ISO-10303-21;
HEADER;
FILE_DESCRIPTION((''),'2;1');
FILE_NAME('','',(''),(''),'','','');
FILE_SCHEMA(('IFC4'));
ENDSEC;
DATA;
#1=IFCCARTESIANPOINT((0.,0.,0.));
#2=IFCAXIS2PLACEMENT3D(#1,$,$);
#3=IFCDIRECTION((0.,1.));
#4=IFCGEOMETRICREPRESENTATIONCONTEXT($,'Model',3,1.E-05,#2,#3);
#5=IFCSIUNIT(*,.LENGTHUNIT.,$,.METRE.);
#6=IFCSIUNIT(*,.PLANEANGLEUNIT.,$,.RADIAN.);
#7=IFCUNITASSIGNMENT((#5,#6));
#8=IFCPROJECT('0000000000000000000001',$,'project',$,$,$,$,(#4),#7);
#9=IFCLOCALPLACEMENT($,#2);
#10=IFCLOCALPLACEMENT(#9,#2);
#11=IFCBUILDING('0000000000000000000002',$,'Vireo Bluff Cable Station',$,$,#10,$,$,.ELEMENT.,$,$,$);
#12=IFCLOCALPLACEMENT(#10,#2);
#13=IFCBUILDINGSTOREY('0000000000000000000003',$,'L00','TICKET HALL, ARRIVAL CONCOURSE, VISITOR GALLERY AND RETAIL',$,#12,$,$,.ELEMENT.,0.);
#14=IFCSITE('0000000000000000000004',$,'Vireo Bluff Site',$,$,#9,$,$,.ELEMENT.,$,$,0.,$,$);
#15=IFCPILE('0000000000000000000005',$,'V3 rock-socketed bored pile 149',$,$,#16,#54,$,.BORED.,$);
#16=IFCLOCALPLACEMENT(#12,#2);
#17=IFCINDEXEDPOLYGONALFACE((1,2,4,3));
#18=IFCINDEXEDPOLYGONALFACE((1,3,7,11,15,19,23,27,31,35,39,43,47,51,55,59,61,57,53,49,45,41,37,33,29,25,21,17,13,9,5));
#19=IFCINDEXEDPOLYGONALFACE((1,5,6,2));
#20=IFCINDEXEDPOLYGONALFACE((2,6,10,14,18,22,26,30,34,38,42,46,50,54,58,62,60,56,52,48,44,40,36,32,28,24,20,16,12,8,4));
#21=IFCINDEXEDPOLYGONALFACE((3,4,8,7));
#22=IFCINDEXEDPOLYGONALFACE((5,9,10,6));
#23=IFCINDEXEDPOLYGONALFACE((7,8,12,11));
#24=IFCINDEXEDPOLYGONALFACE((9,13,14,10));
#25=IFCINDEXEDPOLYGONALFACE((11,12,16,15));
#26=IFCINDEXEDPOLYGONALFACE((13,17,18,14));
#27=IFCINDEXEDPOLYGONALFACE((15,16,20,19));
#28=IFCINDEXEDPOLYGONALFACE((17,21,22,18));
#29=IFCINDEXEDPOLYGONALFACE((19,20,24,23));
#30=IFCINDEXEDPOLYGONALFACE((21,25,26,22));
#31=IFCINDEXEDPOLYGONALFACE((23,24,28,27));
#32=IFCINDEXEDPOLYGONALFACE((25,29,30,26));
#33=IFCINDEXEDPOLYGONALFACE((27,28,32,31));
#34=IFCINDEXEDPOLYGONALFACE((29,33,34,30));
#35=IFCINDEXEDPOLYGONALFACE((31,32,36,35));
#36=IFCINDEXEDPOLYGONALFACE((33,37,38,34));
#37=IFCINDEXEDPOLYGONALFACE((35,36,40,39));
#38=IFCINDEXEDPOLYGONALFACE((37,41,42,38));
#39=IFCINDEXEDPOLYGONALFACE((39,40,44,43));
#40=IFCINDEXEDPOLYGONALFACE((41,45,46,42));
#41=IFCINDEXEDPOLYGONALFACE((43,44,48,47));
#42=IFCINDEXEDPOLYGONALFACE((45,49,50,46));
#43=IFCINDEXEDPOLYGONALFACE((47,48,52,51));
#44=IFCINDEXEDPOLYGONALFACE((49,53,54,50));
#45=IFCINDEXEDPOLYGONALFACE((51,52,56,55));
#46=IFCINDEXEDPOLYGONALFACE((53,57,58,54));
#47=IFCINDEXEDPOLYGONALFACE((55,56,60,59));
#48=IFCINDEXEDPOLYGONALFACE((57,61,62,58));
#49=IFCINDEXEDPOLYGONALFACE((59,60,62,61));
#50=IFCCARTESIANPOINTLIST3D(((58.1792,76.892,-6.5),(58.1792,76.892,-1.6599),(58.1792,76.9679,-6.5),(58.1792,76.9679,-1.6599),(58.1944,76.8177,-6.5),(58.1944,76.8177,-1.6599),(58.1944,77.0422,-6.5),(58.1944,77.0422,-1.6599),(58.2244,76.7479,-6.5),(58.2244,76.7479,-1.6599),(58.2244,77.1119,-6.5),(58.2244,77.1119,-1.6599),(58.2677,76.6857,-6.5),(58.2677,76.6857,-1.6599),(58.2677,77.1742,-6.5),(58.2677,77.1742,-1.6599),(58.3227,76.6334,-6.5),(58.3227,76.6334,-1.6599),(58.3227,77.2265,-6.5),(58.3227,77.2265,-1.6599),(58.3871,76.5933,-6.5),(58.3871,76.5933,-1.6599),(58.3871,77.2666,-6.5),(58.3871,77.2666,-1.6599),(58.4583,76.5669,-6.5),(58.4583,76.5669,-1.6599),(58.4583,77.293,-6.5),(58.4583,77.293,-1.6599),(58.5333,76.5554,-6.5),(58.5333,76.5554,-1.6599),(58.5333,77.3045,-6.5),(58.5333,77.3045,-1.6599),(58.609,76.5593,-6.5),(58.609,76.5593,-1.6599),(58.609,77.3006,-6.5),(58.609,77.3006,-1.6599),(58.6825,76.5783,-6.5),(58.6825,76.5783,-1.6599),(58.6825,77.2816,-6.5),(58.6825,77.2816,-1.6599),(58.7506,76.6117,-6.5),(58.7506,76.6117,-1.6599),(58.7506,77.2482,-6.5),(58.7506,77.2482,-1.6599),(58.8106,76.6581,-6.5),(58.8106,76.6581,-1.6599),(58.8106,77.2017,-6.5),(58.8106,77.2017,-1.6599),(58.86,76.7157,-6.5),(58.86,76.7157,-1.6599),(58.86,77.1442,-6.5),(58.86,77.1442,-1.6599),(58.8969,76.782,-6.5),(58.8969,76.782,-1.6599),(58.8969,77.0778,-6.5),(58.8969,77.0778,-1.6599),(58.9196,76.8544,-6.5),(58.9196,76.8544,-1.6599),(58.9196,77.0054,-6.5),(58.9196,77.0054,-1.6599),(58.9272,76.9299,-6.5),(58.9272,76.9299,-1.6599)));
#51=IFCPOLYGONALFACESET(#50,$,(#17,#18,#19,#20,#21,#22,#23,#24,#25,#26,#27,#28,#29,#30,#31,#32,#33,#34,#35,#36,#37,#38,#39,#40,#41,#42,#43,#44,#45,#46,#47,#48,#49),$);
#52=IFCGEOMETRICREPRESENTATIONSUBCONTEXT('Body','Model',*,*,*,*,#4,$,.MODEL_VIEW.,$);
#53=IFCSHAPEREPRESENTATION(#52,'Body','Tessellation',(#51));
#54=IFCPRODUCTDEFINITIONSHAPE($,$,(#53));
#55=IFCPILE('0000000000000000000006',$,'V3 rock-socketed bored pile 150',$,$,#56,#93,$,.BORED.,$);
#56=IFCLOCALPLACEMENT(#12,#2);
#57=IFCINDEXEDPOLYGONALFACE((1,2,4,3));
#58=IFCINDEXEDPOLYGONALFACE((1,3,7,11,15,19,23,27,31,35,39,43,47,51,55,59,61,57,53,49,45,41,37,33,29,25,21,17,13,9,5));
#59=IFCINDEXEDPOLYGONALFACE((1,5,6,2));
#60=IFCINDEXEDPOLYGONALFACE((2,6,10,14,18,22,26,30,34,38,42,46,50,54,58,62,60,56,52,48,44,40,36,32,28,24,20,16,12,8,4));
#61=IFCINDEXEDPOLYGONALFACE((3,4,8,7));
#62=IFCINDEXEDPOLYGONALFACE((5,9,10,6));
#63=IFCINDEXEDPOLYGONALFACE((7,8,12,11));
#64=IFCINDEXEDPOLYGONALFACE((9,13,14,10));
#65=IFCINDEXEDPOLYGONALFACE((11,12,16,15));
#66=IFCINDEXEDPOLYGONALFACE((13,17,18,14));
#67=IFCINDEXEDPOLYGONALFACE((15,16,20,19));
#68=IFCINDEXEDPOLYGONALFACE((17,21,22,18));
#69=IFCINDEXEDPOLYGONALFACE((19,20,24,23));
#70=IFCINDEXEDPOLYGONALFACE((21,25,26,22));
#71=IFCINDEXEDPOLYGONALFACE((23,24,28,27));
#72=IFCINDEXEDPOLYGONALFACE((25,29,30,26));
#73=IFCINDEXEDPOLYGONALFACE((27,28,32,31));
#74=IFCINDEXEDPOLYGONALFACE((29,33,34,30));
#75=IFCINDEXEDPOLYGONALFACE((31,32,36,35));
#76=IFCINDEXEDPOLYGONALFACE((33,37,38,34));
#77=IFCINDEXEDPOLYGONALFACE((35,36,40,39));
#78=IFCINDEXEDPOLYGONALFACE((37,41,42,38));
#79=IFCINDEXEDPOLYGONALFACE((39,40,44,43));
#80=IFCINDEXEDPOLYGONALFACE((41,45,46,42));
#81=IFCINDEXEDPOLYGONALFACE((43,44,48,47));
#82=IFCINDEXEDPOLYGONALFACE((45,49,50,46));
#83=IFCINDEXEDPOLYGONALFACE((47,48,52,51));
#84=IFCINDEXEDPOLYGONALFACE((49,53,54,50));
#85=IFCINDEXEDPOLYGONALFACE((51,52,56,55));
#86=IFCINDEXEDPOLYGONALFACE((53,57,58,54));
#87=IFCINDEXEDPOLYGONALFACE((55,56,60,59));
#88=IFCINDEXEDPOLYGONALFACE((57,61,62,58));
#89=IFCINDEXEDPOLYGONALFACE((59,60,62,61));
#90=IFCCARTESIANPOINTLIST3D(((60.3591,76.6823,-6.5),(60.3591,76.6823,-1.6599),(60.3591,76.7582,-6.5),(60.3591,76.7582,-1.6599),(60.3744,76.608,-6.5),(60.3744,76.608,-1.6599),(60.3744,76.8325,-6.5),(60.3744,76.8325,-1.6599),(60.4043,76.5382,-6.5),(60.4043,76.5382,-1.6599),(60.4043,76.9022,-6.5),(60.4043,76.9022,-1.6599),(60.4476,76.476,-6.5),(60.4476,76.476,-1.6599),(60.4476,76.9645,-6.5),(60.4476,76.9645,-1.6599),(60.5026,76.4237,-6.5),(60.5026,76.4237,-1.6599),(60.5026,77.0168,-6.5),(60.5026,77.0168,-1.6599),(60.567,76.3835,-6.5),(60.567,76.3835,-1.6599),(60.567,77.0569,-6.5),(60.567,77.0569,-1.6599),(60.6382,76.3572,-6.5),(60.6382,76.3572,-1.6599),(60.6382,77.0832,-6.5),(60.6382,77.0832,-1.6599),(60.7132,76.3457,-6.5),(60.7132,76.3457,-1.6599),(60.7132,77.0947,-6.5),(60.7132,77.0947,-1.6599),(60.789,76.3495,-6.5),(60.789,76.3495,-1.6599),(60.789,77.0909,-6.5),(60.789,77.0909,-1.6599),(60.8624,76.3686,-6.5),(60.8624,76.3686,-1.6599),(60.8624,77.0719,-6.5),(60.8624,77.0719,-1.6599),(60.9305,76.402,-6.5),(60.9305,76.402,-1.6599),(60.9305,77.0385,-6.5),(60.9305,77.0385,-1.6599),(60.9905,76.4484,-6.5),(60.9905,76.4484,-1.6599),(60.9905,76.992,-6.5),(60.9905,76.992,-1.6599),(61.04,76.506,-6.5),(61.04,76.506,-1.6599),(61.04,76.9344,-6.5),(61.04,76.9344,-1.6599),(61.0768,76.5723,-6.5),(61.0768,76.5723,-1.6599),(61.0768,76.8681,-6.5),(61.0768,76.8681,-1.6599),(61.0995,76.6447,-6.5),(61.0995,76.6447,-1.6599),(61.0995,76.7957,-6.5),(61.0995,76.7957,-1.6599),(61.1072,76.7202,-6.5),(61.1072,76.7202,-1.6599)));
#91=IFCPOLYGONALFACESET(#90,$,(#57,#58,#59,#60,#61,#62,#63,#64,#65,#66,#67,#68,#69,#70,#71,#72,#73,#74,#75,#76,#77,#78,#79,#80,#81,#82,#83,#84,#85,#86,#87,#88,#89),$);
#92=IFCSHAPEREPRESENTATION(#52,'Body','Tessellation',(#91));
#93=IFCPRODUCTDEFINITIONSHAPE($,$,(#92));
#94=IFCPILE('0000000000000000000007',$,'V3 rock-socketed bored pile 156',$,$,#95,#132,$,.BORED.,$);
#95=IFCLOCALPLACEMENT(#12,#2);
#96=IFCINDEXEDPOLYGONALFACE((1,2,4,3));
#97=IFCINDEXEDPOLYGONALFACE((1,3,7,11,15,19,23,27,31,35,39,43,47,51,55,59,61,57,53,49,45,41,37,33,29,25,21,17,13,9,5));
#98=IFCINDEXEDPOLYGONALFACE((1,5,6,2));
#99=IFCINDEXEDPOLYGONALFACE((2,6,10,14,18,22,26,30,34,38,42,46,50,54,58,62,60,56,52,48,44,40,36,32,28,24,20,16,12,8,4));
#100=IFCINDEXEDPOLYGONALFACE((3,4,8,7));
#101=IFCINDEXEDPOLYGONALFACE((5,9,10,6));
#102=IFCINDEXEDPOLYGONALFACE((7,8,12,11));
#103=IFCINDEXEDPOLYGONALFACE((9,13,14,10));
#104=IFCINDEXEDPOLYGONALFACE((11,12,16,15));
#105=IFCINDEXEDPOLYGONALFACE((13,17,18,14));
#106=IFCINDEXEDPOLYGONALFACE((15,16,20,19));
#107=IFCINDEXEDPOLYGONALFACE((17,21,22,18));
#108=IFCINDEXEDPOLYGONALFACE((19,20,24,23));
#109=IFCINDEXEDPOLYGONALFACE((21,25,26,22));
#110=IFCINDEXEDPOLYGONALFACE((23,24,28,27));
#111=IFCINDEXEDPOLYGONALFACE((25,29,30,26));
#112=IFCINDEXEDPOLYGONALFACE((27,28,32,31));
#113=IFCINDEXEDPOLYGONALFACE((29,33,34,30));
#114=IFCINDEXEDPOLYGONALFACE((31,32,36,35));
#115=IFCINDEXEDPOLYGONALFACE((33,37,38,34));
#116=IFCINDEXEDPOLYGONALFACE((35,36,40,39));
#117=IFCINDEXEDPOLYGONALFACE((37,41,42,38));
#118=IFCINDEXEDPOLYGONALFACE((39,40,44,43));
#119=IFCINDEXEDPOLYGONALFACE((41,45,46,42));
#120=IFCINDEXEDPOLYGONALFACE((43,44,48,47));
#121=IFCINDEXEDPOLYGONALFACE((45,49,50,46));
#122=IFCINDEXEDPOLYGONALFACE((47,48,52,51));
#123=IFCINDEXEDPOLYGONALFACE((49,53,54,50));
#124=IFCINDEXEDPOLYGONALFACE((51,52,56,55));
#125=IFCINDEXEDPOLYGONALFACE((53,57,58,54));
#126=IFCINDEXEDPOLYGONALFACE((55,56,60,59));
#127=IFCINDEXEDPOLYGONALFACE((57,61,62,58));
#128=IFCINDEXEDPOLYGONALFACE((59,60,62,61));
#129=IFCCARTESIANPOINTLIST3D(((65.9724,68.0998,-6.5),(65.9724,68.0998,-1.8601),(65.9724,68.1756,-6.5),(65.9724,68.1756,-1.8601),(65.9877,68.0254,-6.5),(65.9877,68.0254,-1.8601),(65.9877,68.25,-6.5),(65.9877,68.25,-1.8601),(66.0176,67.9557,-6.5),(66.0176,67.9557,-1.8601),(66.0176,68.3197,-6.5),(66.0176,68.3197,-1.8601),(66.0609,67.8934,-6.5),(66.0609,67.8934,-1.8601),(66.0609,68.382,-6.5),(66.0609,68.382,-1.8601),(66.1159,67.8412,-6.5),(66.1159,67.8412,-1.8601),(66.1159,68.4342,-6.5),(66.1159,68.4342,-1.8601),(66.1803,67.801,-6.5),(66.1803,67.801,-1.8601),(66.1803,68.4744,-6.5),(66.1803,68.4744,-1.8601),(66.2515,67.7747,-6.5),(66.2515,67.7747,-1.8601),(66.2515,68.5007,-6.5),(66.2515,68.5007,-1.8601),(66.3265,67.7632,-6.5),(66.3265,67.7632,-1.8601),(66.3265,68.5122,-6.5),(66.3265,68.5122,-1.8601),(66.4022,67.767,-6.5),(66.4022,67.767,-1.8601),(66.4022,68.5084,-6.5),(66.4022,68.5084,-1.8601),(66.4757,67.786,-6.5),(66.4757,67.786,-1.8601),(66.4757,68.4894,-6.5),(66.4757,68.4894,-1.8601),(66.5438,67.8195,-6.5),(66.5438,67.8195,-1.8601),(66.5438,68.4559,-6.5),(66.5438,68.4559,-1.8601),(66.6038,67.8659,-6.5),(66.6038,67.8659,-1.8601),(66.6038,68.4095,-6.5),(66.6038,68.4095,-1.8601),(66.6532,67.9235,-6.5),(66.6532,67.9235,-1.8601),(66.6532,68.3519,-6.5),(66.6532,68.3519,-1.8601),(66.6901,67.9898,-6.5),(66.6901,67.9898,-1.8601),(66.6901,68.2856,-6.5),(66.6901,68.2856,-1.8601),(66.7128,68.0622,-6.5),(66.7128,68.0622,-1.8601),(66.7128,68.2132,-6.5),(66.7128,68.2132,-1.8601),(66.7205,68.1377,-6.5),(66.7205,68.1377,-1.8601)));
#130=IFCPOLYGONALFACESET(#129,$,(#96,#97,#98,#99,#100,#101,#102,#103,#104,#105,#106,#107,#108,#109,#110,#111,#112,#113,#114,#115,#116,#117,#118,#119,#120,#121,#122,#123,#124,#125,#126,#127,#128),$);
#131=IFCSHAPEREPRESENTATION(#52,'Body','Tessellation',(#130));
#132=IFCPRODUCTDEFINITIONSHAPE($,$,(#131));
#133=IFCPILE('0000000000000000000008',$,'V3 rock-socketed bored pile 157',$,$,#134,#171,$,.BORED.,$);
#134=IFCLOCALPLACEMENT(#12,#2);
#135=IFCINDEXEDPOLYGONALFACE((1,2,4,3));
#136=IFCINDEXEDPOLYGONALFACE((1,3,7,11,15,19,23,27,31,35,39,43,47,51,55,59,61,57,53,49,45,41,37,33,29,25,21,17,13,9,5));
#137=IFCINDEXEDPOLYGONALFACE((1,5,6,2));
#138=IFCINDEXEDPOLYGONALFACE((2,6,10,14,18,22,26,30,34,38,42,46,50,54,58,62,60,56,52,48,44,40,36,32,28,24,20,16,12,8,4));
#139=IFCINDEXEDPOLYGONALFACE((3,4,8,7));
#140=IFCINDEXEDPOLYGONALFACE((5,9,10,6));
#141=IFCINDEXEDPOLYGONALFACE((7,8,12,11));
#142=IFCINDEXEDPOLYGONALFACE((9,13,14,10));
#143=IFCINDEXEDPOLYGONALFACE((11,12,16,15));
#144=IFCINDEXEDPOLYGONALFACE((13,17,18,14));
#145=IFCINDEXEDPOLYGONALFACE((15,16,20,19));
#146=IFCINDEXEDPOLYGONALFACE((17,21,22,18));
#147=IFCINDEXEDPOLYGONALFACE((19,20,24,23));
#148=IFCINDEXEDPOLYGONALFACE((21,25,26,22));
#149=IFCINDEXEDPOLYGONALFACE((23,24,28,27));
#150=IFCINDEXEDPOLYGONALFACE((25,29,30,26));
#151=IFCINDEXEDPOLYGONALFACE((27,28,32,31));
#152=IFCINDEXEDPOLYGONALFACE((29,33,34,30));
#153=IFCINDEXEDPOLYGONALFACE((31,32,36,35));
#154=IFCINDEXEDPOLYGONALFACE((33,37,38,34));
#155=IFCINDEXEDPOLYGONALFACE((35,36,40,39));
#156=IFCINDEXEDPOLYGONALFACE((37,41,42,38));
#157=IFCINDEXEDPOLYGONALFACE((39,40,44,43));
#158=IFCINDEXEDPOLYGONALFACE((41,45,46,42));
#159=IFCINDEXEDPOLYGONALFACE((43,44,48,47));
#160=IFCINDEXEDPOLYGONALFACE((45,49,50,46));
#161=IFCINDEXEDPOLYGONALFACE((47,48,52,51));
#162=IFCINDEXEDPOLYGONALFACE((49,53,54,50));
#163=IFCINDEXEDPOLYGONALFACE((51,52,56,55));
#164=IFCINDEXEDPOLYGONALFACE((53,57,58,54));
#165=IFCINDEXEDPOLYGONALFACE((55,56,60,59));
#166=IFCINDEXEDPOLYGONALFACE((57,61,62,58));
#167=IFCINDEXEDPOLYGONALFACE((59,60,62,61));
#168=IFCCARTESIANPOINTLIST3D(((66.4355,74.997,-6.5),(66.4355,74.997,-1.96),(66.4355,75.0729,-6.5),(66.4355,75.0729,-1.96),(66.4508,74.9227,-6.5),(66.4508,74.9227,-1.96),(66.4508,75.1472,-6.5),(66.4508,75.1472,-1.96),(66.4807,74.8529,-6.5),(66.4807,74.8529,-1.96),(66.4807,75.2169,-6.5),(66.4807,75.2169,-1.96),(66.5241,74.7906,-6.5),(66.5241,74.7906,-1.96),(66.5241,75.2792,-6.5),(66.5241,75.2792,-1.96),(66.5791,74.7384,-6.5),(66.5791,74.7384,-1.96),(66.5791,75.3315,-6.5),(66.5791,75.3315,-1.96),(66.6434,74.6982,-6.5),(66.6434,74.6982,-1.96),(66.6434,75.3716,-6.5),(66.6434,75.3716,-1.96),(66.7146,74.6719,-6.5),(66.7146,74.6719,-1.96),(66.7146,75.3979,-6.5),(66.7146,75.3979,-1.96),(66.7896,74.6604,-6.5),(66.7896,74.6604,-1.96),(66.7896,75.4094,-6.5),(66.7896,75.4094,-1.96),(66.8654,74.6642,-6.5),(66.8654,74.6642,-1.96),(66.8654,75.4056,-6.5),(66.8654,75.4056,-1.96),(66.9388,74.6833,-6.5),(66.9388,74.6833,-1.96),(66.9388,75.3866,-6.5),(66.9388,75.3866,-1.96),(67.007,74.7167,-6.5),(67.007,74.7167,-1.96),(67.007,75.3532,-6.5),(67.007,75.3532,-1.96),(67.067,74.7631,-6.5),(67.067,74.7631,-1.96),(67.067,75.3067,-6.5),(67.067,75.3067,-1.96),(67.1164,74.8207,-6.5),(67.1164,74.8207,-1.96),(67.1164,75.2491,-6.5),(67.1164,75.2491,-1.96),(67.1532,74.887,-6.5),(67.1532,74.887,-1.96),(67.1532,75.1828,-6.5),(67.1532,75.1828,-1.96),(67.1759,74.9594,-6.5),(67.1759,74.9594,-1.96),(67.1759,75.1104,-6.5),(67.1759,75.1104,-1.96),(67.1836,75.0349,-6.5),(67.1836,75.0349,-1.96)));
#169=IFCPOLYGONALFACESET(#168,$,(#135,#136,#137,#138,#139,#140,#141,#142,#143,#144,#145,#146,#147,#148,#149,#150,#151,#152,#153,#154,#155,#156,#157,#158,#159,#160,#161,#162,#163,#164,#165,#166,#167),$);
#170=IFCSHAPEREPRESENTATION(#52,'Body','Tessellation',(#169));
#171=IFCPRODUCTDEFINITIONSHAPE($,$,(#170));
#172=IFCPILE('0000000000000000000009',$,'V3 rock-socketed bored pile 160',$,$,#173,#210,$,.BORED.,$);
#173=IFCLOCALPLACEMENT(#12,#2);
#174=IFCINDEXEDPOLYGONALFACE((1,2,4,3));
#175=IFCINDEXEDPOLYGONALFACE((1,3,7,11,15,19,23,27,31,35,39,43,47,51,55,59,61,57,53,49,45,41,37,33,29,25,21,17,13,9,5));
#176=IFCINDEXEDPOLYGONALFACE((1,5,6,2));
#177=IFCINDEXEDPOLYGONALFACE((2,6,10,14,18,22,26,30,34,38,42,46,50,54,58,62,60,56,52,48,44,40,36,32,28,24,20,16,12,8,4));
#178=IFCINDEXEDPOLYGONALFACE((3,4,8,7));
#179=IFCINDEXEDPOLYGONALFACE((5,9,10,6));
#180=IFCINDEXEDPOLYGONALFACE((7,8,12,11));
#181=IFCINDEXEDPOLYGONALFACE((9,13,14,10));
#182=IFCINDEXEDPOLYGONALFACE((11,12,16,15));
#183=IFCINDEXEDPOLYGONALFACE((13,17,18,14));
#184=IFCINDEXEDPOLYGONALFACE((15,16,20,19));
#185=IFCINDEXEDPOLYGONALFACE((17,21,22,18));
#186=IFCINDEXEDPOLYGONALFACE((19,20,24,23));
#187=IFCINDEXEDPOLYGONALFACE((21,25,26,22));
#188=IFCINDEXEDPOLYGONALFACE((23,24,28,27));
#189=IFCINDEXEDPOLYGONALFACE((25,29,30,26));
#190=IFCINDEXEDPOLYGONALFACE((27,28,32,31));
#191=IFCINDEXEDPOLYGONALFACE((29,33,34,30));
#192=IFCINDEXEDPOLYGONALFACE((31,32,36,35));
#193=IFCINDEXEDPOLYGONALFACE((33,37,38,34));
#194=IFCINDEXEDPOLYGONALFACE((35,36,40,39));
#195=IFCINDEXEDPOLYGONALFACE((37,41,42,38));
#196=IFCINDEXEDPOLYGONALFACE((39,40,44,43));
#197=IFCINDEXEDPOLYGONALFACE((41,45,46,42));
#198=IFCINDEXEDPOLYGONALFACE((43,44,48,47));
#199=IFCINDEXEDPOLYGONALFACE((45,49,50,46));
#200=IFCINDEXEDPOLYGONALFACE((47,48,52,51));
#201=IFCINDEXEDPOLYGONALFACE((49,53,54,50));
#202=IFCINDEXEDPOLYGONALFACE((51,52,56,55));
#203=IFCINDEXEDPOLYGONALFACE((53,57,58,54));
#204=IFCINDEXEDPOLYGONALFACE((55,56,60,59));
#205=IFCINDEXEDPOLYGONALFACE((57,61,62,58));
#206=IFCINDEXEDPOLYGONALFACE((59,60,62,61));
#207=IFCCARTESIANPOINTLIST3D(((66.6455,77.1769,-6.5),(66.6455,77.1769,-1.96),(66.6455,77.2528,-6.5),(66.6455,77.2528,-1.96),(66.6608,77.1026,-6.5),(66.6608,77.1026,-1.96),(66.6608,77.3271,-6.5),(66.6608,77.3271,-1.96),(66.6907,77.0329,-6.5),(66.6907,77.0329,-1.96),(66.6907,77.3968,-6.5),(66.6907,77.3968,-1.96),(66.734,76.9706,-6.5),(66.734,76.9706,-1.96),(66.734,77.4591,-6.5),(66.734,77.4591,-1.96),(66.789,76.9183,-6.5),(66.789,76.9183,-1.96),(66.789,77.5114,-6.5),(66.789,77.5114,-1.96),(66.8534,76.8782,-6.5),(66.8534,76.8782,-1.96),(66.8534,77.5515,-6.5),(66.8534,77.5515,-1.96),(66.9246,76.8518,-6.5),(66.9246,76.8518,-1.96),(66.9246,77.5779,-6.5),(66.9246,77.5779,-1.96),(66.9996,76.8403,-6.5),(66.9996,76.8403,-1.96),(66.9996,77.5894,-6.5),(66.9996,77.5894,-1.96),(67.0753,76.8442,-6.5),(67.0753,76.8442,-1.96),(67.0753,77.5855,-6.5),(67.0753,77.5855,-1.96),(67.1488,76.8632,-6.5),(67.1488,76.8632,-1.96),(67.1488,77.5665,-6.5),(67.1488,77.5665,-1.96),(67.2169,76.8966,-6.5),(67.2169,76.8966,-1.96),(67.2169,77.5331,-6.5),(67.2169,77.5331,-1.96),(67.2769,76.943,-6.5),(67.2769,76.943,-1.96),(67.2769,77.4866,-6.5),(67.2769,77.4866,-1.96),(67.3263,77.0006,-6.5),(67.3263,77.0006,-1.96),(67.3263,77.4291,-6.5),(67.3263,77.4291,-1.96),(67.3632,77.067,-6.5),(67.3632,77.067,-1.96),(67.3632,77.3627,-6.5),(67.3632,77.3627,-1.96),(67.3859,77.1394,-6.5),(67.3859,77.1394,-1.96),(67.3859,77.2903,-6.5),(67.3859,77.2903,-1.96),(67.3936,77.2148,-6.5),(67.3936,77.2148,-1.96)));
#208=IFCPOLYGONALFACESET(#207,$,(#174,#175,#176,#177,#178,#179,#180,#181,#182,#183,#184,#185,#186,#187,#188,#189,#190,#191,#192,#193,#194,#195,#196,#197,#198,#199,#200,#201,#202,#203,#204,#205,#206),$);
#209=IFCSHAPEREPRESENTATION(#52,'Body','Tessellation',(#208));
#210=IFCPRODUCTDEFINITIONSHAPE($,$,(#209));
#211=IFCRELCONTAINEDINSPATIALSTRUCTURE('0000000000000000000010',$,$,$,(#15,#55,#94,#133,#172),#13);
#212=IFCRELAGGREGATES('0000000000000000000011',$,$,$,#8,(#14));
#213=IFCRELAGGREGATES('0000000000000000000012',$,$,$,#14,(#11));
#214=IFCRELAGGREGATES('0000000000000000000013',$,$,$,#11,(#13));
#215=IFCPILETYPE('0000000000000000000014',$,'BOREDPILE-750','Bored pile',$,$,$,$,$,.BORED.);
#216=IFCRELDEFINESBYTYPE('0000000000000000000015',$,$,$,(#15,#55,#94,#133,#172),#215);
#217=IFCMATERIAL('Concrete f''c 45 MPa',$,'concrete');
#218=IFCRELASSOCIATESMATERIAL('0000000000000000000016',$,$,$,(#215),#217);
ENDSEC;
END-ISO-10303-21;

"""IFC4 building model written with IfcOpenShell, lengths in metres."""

from ifc_helpers import new_model, si_unit, direction, frame, origin, origin_2d, place, context, subcontext, project, spatial, circle, extrude, material, material_profile, profile_set, type_object, element, save


model = new_model("IFC4")

# Units and contexts
model_context = context("Model", 3, precision=1e-05, world=origin(), true_north=direction((0.0, 1.0)))
body_context = subcontext(model_context, "Body", "Model", "MODEL_VIEW")
ifc_project = project(units=[si_unit("LENGTHUNIT", "METRE"), si_unit("PLANEANGLEUNIT", "RADIAN")], contexts=[model_context])

# Site, building, storey
site_placement = place(None, origin())
site = spatial("IfcSite", under=ifc_project, at=site_placement, Name="Vireo Bluff Site", CompositionType="ELEMENT", RefElevation=0.0)
building_placement = place(site_placement, origin())
building = spatial("IfcBuilding", under=site, at=building_placement, Name="Vireo Bluff Cable Station", CompositionType="ELEMENT")
storey_placement = place(building_placement, origin())
storey = spatial("IfcBuildingStorey", under=building, at=storey_placement, Name="L00", Description="TICKET HALL, ARRIVAL CONCOURSE, VISITOR GALLERY AND RETAIL", CompositionType="ELEMENT", Elevation=0.0)

# Piles
ifc_material_1 = material(Name="Concrete f'c 45 MPa", Category="concrete")
ifc_material_profile_1 = material_profile(ifc_material_1, circle(Radius=0.375, at=origin_2d()), Name="BOREDPILE-750")
ifc_profile_set_1 = profile_set([ifc_material_profile_1], Name="Concrete f'c 45 MPa")
pile_type_1 = type_object("IfcPileType", Name="BOREDPILE-750", Description="Bored pile", PredefinedType="BORED", material=ifc_profile_set_1)
for number, where, z_axis, x_axis, name in (
    (1, (58.5522, 76.9299, -1.6599), (0.0, 0.0, -1.0), (1.0, 0.0, 0.0), "V3 rock-socketed bored pile 149"),
    (2, (60.7322, 76.7202, -1.6599), (0.0, 0.0, -1.0), (1.0, 0.0, 0.0), "V3 rock-socketed bored pile 150"),
):
    element("IfcPile", number, at=place(storey_placement, frame(where, z_axis=z_axis, x_axis=x_axis)), inside=storey, type_object=pile_type_1, Name=name, PredefinedType="BORED", context=body_context, shape_type="SweptSolid", body=[
        extrude(circle(Radius=0.375, at=origin_2d()), origin(), (0.0, 0.0, 1.0), 4.8401),
    ])
pile_placement = place(storey_placement, frame((66.3455, 68.1377, -1.8601), z_axis=(0.0, 0.0, -1.0), x_axis=(1.0, 0.0, 0.0)))
element("IfcPile", 3, at=pile_placement, inside=storey, type_object=pile_type_1, Name="V3 rock-socketed bored pile 156", PredefinedType="BORED", context=body_context, shape_type="SweptSolid", body=[
    extrude(circle(Radius=0.375, at=origin_2d()), origin(), (0.0, 0.0, 1.0), 4.6399),
])
for number, where, z_axis, x_axis, name in (
    (4, (66.8086, 75.0349, -1.96), (0.0, 0.0, -1.0), (1.0, 0.0, 0.0), "V3 rock-socketed bored pile 157"),
    (5, (67.0186, 77.2148, -1.96), (0.0, 0.0, -1.0), (1.0, 0.0, 0.0), "V3 rock-socketed bored pile 160"),
):
    element("IfcPile", number, at=place(storey_placement, frame(where, z_axis=z_axis, x_axis=x_axis)), inside=storey, type_object=pile_type_1, Name=name, PredefinedType="BORED", context=body_context, shape_type="SweptSolid", body=[
        extrude(circle(Radius=0.375, at=origin_2d()), origin(), (0.0, 0.0, 1.0), 4.54),
    ])

save(model, "model.ifc")
